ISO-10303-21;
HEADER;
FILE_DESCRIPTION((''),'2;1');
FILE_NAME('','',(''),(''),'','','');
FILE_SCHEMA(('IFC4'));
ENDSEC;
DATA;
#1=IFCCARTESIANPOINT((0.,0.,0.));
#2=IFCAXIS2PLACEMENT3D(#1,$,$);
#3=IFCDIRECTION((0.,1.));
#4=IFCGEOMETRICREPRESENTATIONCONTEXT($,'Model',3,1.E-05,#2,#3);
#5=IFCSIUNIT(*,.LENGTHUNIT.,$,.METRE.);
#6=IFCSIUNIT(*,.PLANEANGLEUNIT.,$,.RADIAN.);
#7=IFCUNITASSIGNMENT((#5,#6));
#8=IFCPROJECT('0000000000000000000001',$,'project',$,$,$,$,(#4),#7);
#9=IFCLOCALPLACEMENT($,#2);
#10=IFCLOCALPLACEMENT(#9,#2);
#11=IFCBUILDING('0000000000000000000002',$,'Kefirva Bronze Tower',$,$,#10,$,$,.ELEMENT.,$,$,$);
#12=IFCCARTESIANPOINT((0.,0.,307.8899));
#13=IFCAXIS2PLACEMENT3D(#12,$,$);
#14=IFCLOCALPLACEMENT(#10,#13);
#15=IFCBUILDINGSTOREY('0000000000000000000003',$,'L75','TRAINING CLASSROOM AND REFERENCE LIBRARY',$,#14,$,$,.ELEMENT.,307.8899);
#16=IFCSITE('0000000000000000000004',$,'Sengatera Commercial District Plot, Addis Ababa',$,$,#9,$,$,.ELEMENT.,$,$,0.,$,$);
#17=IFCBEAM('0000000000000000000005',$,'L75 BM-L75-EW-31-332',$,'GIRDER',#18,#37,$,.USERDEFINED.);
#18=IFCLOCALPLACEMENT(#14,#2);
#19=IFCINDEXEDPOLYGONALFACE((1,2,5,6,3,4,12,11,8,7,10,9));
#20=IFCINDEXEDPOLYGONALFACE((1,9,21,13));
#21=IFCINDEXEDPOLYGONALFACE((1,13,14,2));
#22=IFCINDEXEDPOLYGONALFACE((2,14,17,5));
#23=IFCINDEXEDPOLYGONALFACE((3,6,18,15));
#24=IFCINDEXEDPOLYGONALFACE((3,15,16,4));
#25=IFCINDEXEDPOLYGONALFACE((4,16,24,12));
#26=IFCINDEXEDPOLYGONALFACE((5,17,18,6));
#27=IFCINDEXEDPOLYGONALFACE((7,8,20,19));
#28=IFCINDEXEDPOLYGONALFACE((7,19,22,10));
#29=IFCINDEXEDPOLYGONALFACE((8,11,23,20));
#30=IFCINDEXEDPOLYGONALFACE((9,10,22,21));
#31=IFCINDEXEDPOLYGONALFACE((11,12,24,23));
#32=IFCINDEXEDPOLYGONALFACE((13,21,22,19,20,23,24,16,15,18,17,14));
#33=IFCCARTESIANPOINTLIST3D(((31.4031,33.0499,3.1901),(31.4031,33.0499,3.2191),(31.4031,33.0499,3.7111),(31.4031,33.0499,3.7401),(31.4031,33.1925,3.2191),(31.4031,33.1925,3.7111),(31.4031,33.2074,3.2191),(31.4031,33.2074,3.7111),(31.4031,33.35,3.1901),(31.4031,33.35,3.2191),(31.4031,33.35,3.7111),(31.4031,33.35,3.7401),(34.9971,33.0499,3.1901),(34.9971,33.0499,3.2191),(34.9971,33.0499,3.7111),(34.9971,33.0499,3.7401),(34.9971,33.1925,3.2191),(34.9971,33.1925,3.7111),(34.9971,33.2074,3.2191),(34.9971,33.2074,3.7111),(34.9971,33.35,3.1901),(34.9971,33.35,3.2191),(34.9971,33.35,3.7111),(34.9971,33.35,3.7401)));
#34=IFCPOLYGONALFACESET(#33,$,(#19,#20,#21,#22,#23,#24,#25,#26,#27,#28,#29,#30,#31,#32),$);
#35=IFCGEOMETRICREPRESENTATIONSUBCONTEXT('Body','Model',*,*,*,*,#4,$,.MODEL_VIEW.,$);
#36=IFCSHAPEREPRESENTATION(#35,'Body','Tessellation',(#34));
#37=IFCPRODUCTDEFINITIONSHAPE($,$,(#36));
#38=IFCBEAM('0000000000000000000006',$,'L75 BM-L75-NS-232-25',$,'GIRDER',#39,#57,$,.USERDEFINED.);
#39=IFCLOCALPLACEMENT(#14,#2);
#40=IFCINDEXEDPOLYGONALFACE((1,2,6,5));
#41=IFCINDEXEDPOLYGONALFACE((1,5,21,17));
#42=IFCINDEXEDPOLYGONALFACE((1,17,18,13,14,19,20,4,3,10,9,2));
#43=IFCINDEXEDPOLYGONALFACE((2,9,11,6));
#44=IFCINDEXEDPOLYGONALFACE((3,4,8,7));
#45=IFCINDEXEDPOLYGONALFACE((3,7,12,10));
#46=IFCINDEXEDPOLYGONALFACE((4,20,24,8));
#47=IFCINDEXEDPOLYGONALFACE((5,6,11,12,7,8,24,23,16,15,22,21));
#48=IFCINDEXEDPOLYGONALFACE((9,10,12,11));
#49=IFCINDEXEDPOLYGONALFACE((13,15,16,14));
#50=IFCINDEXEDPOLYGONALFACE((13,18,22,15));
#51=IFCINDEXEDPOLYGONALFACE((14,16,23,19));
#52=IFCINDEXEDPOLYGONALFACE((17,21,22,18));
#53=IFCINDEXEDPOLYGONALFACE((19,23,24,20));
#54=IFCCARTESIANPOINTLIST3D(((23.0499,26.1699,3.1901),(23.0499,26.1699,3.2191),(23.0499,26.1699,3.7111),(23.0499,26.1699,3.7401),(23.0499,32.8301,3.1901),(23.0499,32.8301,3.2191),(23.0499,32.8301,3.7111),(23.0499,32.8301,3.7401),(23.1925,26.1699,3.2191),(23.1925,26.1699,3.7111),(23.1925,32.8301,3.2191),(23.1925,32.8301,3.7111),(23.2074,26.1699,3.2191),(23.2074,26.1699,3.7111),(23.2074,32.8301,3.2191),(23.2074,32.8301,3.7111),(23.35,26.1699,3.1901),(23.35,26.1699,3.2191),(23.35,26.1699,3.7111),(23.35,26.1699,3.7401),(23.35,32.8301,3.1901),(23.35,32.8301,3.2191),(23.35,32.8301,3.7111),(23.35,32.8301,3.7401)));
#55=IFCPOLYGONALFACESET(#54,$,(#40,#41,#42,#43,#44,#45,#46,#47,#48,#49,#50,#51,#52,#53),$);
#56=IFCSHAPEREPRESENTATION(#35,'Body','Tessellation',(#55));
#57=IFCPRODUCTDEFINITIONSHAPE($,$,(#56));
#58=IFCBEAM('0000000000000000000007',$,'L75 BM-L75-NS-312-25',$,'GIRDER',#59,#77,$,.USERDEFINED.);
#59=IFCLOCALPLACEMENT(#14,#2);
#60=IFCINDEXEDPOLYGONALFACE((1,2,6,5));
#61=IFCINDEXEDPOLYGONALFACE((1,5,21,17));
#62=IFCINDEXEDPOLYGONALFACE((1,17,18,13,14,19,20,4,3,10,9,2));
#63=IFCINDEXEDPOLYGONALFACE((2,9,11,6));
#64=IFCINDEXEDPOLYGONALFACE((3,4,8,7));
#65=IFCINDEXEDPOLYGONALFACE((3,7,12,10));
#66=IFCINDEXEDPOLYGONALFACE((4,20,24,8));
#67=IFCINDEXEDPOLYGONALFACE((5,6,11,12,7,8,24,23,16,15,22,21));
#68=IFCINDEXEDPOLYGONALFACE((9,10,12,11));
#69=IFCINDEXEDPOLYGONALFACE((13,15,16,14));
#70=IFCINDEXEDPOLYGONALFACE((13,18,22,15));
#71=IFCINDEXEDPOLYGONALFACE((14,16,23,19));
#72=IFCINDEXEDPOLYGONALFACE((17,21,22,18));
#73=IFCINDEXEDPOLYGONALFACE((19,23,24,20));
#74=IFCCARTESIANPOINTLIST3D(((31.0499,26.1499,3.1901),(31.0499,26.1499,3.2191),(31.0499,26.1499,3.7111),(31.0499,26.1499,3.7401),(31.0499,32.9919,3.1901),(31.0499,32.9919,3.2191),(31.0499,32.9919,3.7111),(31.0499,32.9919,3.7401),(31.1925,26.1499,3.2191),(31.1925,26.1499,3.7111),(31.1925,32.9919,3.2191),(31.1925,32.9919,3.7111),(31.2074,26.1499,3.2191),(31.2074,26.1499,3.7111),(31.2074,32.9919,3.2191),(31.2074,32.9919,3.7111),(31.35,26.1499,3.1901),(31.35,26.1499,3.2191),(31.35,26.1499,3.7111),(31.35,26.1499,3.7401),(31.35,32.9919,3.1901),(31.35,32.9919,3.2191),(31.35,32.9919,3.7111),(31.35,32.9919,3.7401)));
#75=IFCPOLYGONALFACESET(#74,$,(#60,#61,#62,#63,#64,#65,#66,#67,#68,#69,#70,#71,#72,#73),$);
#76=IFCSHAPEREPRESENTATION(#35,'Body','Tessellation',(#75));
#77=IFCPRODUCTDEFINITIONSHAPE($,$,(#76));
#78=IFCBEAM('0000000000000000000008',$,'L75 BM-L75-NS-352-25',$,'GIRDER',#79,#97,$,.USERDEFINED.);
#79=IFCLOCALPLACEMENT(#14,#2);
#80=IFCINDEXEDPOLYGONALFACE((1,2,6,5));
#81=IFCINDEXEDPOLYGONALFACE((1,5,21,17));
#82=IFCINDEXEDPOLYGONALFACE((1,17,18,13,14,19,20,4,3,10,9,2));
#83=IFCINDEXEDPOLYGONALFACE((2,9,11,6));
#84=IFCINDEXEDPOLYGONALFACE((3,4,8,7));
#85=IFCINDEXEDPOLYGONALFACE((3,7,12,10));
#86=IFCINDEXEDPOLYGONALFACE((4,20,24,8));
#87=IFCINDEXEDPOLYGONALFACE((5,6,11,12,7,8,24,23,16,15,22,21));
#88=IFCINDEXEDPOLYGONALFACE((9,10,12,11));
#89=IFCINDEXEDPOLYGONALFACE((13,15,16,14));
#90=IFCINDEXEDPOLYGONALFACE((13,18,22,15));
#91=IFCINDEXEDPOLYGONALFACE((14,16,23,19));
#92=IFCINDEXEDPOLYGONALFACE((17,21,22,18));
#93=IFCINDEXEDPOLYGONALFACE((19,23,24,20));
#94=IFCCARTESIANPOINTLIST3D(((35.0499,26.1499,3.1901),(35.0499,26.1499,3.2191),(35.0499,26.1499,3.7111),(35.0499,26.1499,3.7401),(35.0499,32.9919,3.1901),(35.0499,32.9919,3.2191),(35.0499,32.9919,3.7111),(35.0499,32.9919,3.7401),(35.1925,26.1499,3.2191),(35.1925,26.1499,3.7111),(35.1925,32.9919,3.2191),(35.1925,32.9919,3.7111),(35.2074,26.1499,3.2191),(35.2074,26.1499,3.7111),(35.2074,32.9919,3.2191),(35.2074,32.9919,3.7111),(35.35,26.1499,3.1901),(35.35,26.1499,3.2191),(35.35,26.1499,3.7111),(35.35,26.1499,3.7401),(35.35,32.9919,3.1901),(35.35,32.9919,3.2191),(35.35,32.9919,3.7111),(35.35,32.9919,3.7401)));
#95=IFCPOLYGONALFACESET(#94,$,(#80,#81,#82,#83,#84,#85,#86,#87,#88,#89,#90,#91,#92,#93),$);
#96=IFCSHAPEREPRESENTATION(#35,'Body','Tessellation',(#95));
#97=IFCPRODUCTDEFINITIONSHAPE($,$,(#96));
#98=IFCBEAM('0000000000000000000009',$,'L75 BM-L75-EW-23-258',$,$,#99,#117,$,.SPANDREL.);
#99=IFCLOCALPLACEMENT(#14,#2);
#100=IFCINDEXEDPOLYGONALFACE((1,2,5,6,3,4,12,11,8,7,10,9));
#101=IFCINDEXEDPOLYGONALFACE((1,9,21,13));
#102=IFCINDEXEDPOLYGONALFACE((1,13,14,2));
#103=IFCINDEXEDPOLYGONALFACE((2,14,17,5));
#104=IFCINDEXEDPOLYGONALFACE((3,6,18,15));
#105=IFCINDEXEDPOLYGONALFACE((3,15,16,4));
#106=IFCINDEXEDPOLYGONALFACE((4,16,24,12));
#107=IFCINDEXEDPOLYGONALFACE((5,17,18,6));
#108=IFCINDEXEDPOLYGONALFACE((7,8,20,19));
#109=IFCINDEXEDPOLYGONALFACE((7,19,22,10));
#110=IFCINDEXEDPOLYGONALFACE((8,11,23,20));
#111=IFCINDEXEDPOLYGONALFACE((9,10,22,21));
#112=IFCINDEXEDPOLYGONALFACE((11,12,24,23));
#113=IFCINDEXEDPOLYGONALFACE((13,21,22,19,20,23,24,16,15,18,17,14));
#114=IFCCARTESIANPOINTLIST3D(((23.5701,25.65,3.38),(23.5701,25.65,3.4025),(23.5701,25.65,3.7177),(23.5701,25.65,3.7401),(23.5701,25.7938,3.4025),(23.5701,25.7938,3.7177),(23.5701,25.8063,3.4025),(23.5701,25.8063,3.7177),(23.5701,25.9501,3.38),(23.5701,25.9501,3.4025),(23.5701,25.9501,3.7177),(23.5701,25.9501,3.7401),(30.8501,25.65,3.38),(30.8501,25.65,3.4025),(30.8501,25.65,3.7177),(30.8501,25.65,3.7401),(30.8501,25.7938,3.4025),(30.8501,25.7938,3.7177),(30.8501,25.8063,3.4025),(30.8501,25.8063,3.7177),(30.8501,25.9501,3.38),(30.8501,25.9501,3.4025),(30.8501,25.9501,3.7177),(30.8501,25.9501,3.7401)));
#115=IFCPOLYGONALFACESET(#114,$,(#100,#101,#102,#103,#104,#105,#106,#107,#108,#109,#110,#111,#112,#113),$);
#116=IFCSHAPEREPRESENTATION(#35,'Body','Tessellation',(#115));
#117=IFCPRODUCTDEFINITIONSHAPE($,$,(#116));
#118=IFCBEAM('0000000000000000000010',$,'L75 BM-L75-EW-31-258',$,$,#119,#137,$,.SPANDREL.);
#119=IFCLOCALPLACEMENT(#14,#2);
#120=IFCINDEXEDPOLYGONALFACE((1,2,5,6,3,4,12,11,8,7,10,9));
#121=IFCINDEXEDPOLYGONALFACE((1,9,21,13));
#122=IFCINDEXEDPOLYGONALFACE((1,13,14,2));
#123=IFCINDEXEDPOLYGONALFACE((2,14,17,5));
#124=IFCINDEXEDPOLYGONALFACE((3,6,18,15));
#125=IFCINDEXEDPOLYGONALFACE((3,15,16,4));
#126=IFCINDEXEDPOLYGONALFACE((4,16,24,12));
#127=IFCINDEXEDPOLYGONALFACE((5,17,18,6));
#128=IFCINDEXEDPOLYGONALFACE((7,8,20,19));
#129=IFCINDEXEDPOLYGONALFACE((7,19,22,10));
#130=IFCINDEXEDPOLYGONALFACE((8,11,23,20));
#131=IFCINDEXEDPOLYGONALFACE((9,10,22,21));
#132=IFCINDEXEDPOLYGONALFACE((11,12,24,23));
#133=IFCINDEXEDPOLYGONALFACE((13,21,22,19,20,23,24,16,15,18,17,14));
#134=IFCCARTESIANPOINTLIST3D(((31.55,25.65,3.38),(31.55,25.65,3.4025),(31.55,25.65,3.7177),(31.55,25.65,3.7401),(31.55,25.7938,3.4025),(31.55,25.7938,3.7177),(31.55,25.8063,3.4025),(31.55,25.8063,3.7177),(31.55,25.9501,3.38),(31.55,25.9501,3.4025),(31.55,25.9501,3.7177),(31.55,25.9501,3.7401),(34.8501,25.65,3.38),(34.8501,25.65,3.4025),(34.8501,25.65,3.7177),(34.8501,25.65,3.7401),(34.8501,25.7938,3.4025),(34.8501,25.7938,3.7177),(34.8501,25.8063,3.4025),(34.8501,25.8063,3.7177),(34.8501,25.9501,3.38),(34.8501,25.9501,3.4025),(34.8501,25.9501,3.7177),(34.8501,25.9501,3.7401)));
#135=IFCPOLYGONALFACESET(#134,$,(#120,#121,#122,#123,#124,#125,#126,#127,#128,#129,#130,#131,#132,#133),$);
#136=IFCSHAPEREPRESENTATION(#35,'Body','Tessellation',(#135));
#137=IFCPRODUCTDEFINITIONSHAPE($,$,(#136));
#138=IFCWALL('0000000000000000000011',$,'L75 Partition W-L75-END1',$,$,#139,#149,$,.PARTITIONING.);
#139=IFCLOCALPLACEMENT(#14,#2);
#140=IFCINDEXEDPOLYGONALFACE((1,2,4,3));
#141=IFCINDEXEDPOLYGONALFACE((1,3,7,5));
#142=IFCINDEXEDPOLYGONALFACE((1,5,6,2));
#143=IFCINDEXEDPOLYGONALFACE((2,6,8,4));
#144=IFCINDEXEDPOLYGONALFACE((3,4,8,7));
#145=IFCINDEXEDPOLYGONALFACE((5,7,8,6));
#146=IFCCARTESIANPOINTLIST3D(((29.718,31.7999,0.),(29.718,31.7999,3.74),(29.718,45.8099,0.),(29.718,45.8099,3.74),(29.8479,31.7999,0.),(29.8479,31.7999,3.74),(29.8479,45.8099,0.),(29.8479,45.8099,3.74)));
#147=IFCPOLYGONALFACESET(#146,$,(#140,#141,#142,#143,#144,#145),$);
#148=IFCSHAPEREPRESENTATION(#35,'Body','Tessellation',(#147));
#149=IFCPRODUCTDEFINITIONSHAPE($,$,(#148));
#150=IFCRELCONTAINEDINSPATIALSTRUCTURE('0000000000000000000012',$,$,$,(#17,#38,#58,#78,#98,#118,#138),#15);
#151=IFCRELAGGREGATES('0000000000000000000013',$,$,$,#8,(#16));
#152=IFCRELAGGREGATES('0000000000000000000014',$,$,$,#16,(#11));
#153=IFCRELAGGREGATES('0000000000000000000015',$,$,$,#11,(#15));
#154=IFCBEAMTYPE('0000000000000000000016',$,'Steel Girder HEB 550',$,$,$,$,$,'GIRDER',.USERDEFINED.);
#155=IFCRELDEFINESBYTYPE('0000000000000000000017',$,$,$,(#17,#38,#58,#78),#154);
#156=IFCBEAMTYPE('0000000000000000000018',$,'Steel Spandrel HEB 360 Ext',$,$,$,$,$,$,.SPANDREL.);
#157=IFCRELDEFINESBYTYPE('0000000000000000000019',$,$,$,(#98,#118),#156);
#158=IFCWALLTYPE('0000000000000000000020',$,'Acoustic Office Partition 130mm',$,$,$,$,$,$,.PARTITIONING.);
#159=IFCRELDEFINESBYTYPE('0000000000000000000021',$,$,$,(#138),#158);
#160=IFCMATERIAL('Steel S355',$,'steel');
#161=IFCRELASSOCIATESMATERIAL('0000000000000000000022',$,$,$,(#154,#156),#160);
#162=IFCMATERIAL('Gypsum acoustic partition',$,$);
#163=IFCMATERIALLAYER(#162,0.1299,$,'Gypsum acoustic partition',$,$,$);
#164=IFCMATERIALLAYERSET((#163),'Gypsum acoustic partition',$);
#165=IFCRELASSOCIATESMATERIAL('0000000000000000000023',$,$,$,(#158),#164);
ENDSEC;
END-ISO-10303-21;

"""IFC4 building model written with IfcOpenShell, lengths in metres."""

from ifc_helpers import new_model, si_unit, direction, frame, frame_2d, origin, origin_2d, place, context, subcontext, project, spatial, rectangle, i_section, extrude, material, layer, layer_set, material_profile, profile_set, type_object, element, save


model = new_model("IFC4")

# Units and contexts
model_context = context("Model", 3, precision=1e-05, world=origin(), true_north=direction((0.0, 1.0)))
body_context = subcontext(model_context, "Body", "Model", "MODEL_VIEW")
ifc_project = project(units=[si_unit("LENGTHUNIT", "METRE"), si_unit("PLANEANGLEUNIT", "RADIAN")], contexts=[model_context])

# Site, building, storey
site_placement = place(None, origin())
site = spatial("IfcSite", under=ifc_project, at=site_placement, Name="Sengatera Commercial District Plot, Addis Ababa", CompositionType="ELEMENT", RefElevation=0.0)
building_placement = place(site_placement, origin())
building = spatial("IfcBuilding", under=site, at=building_placement, Name="Kefirva Bronze Tower", CompositionType="ELEMENT")
storey_placement = place(building_placement, frame((0.0, 0.0, 307.8899)))
storey = spatial("IfcBuildingStorey", under=building, at=storey_placement, Name="L75", Description="TRAINING CLASSROOM AND REFERENCE LIBRARY", CompositionType="ELEMENT", Elevation=307.8899)

# Beams
ifc_material_1 = material(Name="Steel S355", Category="steel")
ifc_material_profile_1 = material_profile(ifc_material_1, i_section(OverallWidth=0.3, OverallDepth=0.55, WebThickness=0.0149, FlangeThickness=0.0291, at=origin_2d()), Name="HEB 550")
ifc_profile_set_1 = profile_set([ifc_material_profile_1], Name="Steel S355")
beam_type_1 = type_object("IfcBeamType", Name="Steel Girder HEB 550", ElementType="GIRDER", PredefinedType="USERDEFINED", material=ifc_profile_set_1)
beam_1_placement = place(storey_placement, frame((31.4031, 33.2, 3.4651), z_axis=(1.0, 0.0, 0.0), x_axis=(0.0, 1.0, 0.0)))
element("IfcBeam", 1, at=beam_1_placement, inside=storey, type_object=beam_type_1, Name="L75 BM-L75-EW-31-332", ObjectType="GIRDER", PredefinedType="USERDEFINED", context=body_context, shape_type="SweptSolid", body=[
    extrude(i_section(OverallWidth=0.3, OverallDepth=0.55, WebThickness=0.0149, FlangeThickness=0.0291, at=origin_2d()), origin(), (0.0, 0.0, 1.0), 3.594),
])
beam_2_placement = place(storey_placement, frame((23.2, 26.1699, 3.4651), z_axis=(0.0, 1.0, 0.0), x_axis=(-1.0, 0.0, 0.0)))
element("IfcBeam", 2, at=beam_2_placement, inside=storey, type_object=beam_type_1, Name="L75 BM-L75-NS-232-25", ObjectType="GIRDER", PredefinedType="USERDEFINED", context=body_context, shape_type="SweptSolid", body=[
    extrude(i_section(OverallWidth=0.3, OverallDepth=0.55, WebThickness=0.0149, FlangeThickness=0.0291, at=origin_2d()), origin(), (0.0, 0.0, 1.0), 6.6602),
])
for number, where, z_axis, x_axis, name in (
    (3, (31.2, 26.1499, 3.4651), (0.0, 1.0, 0.0), (-1.0, 0.0, 0.0), "L75 BM-L75-NS-312-25"),
    (4, (35.2, 26.1499, 3.4651), (0.0, 1.0, 0.0), (-1.0, 0.0, 0.0), "L75 BM-L75-NS-352-25"),
):
    element("IfcBeam", number, at=place(storey_placement, frame(where, z_axis=z_axis, x_axis=x_axis)), inside=storey, type_object=beam_type_1, Name=name, ObjectType="GIRDER", PredefinedType="USERDEFINED", context=body_context, shape_type="SweptSolid", body=[
        extrude(i_section(OverallWidth=0.3, OverallDepth=0.55, WebThickness=0.0149, FlangeThickness=0.0291, at=origin_2d()), origin(), (0.0, 0.0, 1.0), 6.842),
    ])
ifc_material_profile_2 = material_profile(ifc_material_1, i_section(OverallWidth=0.3, OverallDepth=0.3601, WebThickness=0.0125, FlangeThickness=0.0225, at=origin_2d()), Name="HEB 360")
ifc_profile_set_2 = profile_set([ifc_material_profile_2], Name="Steel S355")
beam_type_2 = type_object("IfcBeamType", Name="Steel Spandrel HEB 360 Ext", PredefinedType="SPANDREL", material=ifc_profile_set_2)
beam_3_placement = place(storey_placement, frame((23.5701, 25.8, 3.5601), z_axis=(1.0, 0.0, 0.0), x_axis=(0.0, 1.0, 0.0)))
element("IfcBeam", 5, at=beam_3_placement, inside=storey, type_object=beam_type_2, Name="L75 BM-L75-EW-23-258", PredefinedType="SPANDREL", context=body_context, shape_type="SweptSolid", body=[
    extrude(i_section(OverallWidth=0.3, OverallDepth=0.3601, WebThickness=0.0125, FlangeThickness=0.0225, at=origin_2d()), origin(), (0.0, 0.0, 1.0), 7.28),
])
beam_4_placement = place(storey_placement, frame((31.55, 25.8, 3.5601), z_axis=(1.0, 0.0, 0.0), x_axis=(0.0, 1.0, 0.0)))
element("IfcBeam", 6, at=beam_4_placement, inside=storey, type_object=beam_type_2, Name="L75 BM-L75-EW-31-258", PredefinedType="SPANDREL", context=body_context, shape_type="SweptSolid", body=[
    extrude(i_section(OverallWidth=0.3, OverallDepth=0.3601, WebThickness=0.0125, FlangeThickness=0.0225, at=origin_2d()), origin(), (0.0, 0.0, 1.0), 3.3),
])

# Wall
ifc_material_2 = material(Name="Gypsum acoustic partition")
ifc_layer_1 = layer(ifc_material_2, 0.1299, Name="Gypsum acoustic partition")
ifc_layer_set_1 = layer_set([ifc_layer_1], Name="Gypsum acoustic partition")
wall_type_1 = type_object("IfcWallType", Name="Acoustic Office Partition 130mm", PredefinedType="PARTITIONING", material=ifc_layer_set_1)
wall_1_placement = place(storey_placement, frame((29.783, 31.8, 0.0), z_axis=(0.0, 0.0, 1.0), x_axis=(0.0, 1.0, 0.0)))
element("IfcWall", 7, at=wall_1_placement, inside=storey, type_object=wall_type_1, Name="L75 Partition W-L75-END1", PredefinedType="PARTITIONING", context=body_context, shape_type="SweptSolid", body=[
    extrude(rectangle(XDim=14.01, YDim=0.1299, at=frame_2d((7.0049, 0.0))), origin(), (0.0, 0.0, 1.0), 3.74),
])

save(model, "model.ifc")
